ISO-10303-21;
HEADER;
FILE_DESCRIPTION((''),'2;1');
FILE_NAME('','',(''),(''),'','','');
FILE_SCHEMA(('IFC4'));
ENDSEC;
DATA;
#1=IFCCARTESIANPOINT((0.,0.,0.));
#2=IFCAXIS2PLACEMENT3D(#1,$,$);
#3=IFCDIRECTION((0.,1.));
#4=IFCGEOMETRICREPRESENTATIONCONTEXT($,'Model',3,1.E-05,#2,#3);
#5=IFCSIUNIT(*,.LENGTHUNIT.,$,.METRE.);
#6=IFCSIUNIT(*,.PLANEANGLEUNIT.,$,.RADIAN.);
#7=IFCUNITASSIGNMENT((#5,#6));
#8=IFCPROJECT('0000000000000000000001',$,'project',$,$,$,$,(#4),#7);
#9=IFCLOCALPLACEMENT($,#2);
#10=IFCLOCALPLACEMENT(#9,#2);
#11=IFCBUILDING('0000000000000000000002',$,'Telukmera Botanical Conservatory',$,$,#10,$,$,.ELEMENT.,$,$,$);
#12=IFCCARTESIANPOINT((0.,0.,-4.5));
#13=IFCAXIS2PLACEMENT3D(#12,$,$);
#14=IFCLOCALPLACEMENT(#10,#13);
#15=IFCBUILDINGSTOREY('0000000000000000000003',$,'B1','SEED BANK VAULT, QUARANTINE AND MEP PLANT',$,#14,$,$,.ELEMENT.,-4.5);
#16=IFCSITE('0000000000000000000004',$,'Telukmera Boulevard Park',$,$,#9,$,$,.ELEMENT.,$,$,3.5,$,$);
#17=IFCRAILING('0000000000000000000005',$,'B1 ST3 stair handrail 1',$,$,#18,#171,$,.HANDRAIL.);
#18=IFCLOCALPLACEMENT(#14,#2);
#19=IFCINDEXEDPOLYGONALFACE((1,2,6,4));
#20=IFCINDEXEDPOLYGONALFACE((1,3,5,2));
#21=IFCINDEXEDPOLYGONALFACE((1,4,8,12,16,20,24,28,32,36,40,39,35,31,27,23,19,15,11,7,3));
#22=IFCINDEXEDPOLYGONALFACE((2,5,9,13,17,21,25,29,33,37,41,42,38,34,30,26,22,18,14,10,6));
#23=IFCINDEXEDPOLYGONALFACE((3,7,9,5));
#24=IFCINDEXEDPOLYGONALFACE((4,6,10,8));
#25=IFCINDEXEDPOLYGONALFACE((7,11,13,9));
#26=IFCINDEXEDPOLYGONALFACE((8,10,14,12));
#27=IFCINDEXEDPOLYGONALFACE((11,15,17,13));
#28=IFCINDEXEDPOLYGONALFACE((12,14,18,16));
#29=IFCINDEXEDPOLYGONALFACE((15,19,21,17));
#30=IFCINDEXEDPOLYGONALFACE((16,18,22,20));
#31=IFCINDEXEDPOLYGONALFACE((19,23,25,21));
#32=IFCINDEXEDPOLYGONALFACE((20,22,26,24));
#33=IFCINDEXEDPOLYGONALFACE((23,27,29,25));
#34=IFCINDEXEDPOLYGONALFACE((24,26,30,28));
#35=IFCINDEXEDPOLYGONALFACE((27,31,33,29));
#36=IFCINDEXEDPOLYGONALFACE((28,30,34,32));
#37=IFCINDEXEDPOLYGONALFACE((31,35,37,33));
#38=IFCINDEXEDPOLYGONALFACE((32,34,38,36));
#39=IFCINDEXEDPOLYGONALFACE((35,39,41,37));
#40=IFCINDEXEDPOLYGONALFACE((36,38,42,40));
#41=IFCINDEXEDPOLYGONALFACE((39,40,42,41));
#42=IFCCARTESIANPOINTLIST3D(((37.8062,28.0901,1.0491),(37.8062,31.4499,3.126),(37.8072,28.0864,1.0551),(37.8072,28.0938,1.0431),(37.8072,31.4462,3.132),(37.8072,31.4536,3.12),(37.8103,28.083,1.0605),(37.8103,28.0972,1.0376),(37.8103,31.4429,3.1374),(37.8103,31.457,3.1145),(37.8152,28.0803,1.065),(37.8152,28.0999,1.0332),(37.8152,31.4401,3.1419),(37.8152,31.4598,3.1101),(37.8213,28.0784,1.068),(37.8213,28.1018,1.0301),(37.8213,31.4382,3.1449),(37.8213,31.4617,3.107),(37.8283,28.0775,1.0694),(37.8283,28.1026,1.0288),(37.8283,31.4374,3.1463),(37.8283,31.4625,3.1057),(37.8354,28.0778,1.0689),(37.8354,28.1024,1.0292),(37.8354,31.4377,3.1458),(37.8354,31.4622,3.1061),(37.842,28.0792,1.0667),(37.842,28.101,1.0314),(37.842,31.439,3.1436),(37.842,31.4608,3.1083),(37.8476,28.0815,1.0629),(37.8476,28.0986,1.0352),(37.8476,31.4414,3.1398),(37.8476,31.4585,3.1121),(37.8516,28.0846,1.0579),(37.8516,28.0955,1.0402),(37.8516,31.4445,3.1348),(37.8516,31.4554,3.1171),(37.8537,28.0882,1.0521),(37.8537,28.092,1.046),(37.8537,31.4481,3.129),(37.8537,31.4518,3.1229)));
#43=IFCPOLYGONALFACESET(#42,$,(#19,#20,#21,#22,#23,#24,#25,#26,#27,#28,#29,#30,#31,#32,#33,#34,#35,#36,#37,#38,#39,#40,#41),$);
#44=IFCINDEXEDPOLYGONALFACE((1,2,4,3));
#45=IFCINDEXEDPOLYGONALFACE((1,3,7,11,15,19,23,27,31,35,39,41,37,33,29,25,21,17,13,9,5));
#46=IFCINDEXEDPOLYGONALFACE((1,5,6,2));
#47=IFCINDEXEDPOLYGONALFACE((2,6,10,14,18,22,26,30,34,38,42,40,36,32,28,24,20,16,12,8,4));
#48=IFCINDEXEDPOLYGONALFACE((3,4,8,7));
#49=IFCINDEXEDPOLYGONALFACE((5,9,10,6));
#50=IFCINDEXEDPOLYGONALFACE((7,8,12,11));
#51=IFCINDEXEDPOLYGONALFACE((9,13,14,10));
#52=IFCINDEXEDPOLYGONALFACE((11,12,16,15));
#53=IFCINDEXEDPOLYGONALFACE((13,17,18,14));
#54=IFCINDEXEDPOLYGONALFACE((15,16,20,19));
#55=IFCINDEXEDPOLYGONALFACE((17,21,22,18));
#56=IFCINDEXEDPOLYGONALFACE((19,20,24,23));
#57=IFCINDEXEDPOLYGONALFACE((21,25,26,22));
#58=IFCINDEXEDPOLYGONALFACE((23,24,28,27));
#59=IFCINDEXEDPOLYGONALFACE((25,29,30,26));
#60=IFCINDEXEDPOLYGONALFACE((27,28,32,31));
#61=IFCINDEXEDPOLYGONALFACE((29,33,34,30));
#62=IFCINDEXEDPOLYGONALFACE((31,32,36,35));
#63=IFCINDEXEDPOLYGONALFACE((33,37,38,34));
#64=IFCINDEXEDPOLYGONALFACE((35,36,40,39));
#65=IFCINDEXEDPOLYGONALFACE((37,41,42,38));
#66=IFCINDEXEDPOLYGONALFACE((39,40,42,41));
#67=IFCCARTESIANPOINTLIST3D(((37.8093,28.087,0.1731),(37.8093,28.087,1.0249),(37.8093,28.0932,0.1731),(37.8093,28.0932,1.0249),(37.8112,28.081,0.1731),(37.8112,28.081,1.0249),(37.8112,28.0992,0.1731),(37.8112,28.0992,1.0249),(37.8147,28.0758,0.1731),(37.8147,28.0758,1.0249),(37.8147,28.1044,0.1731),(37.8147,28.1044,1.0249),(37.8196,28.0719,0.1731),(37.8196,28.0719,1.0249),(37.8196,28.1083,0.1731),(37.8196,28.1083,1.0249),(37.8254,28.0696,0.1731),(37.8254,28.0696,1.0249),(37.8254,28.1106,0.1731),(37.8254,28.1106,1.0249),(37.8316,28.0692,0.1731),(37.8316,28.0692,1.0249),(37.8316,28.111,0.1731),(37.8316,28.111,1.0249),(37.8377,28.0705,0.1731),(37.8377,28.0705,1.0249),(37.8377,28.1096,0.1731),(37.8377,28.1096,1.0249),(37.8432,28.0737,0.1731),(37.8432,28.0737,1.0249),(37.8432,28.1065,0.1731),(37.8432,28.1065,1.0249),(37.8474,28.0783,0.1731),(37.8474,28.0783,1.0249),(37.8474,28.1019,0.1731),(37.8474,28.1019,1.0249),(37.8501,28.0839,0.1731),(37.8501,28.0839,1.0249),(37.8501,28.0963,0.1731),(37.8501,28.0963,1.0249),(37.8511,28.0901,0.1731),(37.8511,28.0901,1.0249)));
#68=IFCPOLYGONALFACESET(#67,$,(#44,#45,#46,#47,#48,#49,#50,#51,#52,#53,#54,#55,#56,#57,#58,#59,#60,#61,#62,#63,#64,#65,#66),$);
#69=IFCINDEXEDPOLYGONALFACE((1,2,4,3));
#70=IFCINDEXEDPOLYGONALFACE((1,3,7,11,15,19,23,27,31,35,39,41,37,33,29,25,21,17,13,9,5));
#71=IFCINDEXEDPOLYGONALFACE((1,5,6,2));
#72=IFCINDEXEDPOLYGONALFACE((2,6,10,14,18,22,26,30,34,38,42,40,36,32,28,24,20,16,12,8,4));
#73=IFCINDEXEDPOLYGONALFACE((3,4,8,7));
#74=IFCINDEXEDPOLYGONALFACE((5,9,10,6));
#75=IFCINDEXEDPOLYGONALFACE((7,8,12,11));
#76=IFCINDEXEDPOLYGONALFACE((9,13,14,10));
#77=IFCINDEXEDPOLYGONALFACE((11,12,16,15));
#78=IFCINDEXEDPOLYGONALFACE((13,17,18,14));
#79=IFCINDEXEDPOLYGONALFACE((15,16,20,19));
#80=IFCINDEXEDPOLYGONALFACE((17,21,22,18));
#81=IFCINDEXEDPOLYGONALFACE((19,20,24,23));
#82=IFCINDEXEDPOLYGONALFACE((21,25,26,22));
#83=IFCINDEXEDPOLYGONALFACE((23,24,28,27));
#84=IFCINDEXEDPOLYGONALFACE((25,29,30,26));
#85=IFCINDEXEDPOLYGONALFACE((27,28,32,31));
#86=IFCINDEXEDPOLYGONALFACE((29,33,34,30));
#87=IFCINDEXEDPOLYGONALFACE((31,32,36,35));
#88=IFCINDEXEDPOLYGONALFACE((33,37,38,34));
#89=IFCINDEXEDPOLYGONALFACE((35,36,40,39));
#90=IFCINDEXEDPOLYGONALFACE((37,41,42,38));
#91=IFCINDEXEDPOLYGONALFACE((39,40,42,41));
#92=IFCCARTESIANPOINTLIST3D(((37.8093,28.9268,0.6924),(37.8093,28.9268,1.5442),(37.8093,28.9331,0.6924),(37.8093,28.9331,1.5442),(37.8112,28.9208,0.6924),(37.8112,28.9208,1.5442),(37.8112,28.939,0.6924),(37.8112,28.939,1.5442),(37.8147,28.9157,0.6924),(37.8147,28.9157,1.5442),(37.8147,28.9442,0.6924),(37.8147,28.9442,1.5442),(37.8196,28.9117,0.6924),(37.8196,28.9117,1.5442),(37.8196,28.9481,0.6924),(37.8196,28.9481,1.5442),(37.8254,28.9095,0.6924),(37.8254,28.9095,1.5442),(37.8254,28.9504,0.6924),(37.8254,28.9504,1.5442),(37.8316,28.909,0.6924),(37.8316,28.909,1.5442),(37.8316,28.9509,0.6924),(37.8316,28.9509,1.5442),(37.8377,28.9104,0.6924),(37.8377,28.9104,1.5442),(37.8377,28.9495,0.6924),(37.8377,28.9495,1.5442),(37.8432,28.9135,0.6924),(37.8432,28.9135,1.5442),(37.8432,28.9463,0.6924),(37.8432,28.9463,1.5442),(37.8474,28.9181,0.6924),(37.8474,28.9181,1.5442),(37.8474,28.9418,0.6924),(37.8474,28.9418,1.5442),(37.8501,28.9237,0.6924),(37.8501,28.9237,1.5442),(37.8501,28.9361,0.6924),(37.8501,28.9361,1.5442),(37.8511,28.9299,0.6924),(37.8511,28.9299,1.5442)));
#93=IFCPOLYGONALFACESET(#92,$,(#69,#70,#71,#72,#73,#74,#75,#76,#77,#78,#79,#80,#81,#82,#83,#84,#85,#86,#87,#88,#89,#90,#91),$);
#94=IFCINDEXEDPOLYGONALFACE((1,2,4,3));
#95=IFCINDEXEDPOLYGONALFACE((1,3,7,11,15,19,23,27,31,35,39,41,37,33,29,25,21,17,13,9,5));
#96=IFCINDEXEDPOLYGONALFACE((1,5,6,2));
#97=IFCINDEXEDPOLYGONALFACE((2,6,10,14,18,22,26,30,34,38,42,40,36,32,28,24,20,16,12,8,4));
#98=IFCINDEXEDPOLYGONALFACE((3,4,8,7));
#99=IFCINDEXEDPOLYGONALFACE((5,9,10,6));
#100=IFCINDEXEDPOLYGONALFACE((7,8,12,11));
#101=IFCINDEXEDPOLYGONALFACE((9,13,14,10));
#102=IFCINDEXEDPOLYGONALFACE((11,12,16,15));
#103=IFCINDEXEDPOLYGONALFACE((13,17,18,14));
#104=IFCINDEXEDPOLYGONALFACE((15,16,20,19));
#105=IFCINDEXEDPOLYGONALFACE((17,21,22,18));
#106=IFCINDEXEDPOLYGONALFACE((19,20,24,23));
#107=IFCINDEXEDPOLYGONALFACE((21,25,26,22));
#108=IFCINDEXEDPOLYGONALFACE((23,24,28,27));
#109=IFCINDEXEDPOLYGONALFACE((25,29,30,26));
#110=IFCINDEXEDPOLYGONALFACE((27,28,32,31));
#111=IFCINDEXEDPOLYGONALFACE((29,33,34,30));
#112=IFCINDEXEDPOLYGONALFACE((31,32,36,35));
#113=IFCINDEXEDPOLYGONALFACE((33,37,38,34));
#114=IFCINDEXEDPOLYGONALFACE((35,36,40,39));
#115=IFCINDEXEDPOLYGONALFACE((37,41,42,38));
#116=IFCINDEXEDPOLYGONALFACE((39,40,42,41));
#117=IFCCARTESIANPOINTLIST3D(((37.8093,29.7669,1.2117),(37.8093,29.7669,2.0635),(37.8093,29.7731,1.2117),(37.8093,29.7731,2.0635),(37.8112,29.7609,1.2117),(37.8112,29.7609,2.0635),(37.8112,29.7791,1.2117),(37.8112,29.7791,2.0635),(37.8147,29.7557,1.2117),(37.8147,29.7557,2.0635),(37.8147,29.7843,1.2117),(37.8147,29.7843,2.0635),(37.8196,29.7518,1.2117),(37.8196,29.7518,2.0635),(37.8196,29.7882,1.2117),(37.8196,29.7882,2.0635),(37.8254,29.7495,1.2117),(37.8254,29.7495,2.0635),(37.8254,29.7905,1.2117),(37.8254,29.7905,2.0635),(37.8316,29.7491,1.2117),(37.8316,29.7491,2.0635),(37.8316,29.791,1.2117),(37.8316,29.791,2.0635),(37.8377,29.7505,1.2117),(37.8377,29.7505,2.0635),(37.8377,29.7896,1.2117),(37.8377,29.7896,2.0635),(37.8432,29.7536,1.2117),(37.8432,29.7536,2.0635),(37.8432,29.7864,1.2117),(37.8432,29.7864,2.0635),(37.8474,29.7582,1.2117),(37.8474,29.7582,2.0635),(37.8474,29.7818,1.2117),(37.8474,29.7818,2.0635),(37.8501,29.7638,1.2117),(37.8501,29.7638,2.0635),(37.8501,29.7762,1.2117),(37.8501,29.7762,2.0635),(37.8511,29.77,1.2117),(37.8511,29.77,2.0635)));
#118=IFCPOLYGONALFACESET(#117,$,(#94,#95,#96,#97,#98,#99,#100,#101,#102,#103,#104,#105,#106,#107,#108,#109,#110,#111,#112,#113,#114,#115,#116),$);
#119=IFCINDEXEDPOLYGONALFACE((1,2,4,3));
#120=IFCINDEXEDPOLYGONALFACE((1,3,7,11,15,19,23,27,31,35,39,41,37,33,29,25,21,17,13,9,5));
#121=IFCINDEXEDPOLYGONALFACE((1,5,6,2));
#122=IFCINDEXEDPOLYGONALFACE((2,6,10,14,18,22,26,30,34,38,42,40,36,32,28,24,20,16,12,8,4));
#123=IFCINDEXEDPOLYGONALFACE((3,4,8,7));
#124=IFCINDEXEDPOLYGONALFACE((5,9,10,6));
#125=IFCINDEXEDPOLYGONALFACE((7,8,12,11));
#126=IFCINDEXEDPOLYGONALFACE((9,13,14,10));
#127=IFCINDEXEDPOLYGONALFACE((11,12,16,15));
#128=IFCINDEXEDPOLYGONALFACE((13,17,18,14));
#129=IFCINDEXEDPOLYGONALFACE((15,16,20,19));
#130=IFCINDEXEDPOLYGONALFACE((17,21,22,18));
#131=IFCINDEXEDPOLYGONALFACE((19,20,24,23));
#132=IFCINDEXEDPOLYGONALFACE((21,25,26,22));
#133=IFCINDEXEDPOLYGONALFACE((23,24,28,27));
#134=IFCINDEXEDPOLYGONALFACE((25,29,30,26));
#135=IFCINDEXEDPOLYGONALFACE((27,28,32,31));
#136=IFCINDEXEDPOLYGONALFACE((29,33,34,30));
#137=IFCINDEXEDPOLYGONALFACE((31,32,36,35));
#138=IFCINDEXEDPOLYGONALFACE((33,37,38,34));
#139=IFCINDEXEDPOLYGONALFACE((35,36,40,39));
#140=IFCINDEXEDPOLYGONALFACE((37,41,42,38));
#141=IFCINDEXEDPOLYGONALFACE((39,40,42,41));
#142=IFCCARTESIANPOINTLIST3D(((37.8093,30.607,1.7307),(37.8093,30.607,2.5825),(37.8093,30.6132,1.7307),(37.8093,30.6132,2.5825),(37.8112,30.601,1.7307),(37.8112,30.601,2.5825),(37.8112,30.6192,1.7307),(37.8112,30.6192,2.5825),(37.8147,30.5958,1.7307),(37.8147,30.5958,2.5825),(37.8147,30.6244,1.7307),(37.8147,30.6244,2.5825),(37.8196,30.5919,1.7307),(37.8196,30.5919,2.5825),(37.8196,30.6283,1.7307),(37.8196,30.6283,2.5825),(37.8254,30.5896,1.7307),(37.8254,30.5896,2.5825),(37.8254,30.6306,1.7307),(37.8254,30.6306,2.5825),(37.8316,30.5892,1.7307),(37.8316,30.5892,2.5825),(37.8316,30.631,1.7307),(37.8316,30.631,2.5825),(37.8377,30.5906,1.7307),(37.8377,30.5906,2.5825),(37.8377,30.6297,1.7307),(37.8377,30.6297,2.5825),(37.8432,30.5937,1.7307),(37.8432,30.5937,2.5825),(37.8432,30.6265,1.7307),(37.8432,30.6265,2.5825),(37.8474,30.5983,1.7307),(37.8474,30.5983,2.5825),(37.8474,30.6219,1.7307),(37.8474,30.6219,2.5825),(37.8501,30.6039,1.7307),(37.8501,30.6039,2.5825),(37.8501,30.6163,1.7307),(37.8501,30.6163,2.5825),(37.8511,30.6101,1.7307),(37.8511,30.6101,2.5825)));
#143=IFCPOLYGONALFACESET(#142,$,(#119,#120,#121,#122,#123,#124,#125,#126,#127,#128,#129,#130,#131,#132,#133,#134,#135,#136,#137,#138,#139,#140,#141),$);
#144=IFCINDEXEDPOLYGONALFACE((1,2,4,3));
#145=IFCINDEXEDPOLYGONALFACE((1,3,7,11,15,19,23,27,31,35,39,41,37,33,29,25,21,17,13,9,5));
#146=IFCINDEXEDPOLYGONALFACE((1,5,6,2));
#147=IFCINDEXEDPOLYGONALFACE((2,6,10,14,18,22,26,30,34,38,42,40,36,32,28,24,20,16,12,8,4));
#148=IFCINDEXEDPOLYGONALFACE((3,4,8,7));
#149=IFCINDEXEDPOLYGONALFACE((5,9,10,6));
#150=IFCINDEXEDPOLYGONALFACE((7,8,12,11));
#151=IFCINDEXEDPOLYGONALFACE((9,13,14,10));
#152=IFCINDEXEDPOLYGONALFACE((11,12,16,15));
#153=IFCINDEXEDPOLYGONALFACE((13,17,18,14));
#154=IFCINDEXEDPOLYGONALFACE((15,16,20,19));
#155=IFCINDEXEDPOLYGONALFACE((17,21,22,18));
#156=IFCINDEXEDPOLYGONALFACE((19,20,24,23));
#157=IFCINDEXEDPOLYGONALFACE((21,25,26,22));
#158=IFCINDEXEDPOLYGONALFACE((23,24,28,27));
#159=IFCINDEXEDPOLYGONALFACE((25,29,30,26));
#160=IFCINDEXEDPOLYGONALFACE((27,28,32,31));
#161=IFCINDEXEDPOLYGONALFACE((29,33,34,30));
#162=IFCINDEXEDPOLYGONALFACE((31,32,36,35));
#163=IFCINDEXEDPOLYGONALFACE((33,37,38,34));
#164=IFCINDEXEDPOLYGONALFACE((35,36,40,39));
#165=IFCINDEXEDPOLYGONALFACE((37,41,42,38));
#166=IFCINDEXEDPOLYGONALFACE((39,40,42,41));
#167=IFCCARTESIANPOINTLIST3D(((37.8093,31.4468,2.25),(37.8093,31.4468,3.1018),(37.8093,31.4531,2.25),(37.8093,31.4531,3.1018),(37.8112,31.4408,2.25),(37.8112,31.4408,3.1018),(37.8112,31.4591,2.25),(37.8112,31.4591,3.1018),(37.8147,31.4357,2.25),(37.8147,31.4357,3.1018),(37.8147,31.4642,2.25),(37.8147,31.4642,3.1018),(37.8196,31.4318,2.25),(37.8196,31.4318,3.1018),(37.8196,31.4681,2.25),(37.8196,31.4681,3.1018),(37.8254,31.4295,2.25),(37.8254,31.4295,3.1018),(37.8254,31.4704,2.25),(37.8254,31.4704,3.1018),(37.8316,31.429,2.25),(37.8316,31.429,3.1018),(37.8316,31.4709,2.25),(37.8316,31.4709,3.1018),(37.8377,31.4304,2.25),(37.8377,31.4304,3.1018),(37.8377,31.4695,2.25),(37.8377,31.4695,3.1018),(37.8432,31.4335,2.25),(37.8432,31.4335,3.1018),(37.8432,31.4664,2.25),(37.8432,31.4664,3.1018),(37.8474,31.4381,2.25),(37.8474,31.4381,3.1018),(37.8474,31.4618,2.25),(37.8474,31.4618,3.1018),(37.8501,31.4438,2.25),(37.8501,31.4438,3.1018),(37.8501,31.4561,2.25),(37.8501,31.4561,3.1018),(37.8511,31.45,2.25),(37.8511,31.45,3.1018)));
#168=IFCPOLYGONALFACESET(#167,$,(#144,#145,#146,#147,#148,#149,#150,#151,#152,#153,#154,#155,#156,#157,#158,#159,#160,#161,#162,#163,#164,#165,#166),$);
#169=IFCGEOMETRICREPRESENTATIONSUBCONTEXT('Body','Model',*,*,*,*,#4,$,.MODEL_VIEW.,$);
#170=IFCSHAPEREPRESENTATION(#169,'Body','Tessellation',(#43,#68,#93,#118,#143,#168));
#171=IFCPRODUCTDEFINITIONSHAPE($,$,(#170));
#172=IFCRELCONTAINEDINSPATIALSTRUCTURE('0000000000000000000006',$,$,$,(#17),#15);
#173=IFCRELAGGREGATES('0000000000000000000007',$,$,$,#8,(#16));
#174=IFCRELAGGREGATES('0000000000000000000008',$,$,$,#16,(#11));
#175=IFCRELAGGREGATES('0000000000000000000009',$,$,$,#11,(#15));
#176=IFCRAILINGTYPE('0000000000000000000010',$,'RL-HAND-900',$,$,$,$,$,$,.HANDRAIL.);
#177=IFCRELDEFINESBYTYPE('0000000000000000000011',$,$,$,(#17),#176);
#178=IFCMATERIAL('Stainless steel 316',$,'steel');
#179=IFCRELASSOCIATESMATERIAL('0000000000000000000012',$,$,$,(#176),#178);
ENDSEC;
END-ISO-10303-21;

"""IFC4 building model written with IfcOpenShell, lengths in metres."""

from ifc_helpers import new_model, si_unit, direction, frame, origin, origin_2d, place, context, subcontext, project, spatial, circle, extrude, material, type_object, element, save


model = new_model("IFC4")

# Units and contexts
model_context = context("Model", 3, precision=1e-05, world=origin(), true_north=direction((0.0, 1.0)))
body_context = subcontext(model_context, "Body", "Model", "MODEL_VIEW")
ifc_project = project(units=[si_unit("LENGTHUNIT", "METRE"), si_unit("PLANEANGLEUNIT", "RADIAN")], contexts=[model_context])

# Site, building, storey
site_placement = place(None, origin())
site = spatial("IfcSite", under=ifc_project, at=site_placement, Name="Telukmera Boulevard Park", CompositionType="ELEMENT", RefElevation=3.5)
building_placement = place(site_placement, origin())
building = spatial("IfcBuilding", under=site, at=building_placement, Name="Telukmera Botanical Conservatory", CompositionType="ELEMENT")
storey_placement = place(building_placement, frame((0.0, 0.0, -4.5)))
storey = spatial("IfcBuildingStorey", under=building, at=storey_placement, Name="B1", Description="SEED BANK VAULT, QUARANTINE AND MEP PLANT", CompositionType="ELEMENT", Elevation=-4.5)

# Railing
ifc_material_1 = material(Name="Stainless steel 316", Category="steel")
railing_type_1 = type_object("IfcRailingType", Name="RL-HAND-900", PredefinedType="HANDRAIL", material=ifc_material_1)
railing_1_placement = place(storey_placement, frame((37.8301, 28.0901, 0.1731)))
element("IfcRailing", 1, at=railing_1_placement, inside=storey, type_object=railing_type_1, Name="B1 ST3 stair handrail 1", PredefinedType="HANDRAIL", context=body_context, shape_type="SweptSolid", body=[
    extrude(circle(Radius=0.0239, at=origin_2d()), frame((0.0, 0.0, 0.876), z_axis=(0.0, 0.850606, 0.525803), x_axis=(-1.0, 0.0, 0.0)), (0.0, 0.0, 1.0), 3.95),
    extrude(circle(Radius=0.021, at=origin_2d()), origin(), (0.0, 0.0, 1.0), 0.8518),
    extrude(circle(Radius=0.021, at=origin_2d()), frame((0.0, 0.8398, 0.5193)), (0.0, 0.0, 1.0), 0.8518),
    extrude(circle(Radius=0.021, at=origin_2d()), frame((0.0, 1.6799, 1.0386)), (0.0, 0.0, 1.0), 0.8518),
    extrude(circle(Radius=0.021, at=origin_2d()), frame((0.0, 2.52, 1.5576)), (0.0, 0.0, 1.0), 0.8518),
    extrude(circle(Radius=0.021, at=origin_2d()), frame((0.0, 3.3599, 2.0769)), (0.0, 0.0, 1.0), 0.8518),
])

save(model, "model.ifc")
